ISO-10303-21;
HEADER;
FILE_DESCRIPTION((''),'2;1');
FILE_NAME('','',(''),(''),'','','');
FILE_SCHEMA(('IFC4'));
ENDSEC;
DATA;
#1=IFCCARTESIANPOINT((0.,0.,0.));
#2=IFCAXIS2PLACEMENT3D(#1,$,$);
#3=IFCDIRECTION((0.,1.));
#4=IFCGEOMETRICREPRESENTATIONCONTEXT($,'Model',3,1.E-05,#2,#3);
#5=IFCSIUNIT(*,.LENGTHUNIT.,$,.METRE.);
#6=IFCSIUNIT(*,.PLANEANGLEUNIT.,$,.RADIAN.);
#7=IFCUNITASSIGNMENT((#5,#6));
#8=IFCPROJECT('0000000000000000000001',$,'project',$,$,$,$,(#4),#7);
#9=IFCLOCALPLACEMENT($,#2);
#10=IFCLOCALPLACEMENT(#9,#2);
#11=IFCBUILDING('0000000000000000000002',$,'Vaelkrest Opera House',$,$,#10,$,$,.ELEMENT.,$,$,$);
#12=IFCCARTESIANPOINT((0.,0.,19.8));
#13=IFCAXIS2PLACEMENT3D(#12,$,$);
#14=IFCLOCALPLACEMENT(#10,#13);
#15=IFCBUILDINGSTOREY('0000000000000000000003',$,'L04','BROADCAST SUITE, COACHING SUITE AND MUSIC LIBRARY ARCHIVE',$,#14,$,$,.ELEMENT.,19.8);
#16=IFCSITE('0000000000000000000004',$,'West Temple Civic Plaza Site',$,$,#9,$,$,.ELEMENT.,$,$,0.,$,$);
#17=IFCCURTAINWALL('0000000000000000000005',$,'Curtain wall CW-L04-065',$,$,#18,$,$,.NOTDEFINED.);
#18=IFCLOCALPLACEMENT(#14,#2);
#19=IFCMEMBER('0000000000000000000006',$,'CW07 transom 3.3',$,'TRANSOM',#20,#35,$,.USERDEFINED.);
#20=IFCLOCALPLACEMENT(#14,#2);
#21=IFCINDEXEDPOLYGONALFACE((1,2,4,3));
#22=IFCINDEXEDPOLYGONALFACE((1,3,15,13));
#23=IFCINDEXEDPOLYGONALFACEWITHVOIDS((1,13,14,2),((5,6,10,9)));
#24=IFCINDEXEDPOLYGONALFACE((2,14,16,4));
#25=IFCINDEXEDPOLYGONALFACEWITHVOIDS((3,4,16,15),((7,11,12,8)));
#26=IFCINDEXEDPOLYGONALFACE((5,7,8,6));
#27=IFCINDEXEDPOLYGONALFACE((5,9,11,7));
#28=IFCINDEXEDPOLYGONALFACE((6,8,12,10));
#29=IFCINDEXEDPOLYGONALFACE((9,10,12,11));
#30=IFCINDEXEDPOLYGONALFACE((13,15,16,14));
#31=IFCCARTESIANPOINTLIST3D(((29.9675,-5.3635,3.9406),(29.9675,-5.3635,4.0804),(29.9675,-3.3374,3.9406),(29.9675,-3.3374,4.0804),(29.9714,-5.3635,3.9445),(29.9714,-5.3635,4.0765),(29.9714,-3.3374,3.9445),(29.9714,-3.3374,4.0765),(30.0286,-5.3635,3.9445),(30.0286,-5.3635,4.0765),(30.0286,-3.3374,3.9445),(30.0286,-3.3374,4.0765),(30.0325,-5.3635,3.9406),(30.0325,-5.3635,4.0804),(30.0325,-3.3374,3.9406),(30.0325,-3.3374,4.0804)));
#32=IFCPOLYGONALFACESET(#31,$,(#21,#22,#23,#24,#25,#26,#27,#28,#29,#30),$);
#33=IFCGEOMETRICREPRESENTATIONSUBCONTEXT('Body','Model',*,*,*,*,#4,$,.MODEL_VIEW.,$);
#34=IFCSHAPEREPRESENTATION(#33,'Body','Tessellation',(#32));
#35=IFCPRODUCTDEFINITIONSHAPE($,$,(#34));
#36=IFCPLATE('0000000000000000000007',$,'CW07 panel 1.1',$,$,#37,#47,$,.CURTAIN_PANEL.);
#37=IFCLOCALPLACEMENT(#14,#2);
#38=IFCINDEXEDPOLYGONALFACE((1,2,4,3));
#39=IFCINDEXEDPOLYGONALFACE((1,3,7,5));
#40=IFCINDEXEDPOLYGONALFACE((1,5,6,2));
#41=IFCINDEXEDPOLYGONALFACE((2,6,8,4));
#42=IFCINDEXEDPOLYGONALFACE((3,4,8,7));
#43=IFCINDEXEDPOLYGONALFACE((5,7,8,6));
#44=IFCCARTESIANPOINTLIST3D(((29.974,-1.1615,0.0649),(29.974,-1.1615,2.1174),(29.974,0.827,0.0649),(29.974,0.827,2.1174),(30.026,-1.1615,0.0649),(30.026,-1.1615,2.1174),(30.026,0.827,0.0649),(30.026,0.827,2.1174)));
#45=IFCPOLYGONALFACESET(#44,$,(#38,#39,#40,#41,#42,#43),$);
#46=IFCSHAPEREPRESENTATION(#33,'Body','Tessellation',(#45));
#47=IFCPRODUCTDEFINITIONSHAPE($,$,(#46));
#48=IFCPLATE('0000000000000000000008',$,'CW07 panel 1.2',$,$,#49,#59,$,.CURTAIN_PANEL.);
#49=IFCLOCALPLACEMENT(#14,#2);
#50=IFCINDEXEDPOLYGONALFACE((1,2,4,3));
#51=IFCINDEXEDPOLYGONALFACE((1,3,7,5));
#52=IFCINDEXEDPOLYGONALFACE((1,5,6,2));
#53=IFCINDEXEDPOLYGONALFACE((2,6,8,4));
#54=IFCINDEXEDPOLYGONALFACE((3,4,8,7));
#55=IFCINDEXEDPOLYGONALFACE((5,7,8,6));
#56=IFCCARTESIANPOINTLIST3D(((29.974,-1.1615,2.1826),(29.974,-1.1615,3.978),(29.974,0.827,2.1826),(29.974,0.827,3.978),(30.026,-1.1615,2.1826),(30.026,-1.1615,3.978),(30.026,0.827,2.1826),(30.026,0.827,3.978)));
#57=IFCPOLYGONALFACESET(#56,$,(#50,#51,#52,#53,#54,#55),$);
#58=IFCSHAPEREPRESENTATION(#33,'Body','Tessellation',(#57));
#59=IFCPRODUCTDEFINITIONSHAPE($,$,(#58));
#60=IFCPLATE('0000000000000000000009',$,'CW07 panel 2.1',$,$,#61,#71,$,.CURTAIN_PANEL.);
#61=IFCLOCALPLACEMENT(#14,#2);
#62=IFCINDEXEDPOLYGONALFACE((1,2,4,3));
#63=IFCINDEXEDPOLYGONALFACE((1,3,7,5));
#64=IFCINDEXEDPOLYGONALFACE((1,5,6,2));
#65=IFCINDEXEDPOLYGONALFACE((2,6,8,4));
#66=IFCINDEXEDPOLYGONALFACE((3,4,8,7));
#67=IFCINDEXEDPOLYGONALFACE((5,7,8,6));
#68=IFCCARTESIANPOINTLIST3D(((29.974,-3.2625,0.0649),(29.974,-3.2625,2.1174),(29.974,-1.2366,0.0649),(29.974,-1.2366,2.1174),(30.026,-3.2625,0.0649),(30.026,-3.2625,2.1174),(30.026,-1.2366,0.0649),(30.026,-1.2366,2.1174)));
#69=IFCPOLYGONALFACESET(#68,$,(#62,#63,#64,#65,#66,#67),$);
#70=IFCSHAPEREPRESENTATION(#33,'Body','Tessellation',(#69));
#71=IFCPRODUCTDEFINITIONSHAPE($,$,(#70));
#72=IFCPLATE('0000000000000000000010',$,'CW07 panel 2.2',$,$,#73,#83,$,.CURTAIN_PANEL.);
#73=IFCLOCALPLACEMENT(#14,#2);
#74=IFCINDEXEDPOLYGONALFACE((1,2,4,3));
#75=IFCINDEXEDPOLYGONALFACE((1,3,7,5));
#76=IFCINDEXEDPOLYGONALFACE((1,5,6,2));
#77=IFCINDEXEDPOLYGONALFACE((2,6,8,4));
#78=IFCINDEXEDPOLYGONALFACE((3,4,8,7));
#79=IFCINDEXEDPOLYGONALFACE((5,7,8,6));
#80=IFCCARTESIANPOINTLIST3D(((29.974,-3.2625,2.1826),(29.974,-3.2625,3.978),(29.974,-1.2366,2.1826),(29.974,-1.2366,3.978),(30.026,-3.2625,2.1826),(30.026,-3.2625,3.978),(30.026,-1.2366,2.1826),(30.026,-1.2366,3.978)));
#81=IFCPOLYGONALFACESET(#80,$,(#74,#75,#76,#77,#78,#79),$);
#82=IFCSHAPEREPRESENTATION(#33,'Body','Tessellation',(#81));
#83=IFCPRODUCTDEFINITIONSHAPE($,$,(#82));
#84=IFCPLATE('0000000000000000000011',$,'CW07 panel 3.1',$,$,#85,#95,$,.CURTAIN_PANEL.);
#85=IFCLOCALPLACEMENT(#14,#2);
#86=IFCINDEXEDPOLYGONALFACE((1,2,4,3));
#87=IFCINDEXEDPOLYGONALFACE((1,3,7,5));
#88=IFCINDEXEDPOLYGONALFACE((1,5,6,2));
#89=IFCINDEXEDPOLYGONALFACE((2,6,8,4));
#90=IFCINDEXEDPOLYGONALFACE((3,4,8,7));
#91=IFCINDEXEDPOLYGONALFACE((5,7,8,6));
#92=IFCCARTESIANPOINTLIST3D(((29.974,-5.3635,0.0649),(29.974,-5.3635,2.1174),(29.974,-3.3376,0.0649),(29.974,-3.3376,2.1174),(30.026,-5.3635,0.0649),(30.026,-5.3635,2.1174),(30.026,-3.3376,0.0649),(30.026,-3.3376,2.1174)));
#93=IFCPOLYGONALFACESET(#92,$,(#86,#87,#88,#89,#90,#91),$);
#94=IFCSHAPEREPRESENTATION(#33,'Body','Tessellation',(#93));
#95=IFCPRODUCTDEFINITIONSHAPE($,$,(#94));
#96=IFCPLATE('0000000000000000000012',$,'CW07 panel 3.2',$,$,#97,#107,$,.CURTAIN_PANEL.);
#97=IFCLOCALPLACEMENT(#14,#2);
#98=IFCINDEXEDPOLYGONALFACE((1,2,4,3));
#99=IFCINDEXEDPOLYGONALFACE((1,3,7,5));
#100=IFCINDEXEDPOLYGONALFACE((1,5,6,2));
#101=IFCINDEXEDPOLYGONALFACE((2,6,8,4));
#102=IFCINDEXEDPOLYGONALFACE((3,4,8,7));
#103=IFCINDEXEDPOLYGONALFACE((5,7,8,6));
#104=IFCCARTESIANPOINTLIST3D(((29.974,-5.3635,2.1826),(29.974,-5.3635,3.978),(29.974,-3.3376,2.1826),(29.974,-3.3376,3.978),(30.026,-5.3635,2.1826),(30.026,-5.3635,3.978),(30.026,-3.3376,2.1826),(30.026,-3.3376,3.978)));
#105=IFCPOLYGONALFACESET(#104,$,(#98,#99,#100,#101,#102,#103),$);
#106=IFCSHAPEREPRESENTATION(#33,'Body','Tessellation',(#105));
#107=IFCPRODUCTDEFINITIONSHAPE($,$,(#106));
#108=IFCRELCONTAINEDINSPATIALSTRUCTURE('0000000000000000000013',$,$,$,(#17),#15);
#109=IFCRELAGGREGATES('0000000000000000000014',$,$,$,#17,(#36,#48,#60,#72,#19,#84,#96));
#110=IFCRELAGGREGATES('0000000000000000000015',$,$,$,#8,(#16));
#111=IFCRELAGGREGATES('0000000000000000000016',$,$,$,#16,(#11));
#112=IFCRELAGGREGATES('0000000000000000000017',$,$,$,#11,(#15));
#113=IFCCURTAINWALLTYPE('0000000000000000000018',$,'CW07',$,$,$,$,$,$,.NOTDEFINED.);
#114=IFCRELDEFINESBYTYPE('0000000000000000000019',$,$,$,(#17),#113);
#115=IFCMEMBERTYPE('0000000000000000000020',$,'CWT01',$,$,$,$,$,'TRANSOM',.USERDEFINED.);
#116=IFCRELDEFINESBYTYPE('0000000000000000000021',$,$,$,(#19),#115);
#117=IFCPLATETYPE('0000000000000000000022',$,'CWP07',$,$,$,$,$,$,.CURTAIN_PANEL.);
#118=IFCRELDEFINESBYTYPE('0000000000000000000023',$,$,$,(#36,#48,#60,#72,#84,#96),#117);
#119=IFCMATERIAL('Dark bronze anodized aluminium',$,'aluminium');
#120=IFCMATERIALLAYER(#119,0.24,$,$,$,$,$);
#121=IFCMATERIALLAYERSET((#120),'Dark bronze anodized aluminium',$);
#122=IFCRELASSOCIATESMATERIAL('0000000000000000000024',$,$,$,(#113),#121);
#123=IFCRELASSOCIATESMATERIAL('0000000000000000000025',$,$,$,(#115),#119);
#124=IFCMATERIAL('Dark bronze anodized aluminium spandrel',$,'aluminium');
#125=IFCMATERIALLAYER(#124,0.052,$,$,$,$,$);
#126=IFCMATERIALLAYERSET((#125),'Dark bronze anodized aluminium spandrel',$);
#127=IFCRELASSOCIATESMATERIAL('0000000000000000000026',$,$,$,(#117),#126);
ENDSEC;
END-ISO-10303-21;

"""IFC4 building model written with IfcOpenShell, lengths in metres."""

from ifc_helpers import new_model, si_unit, direction, frame, origin, origin_2d, place, context, subcontext, project, spatial, rectangle, hollow_rectangle, extrude, material, layer, layer_set, material_profile, profile_set, type_object, element, aggregate, save


model = new_model("IFC4")

# Units and contexts
model_context = context("Model", 3, precision=1e-05, world=origin(), true_north=direction((0.0, 1.0)))
body_context = subcontext(model_context, "Body", "Model", "MODEL_VIEW")
ifc_project = project(units=[si_unit("LENGTHUNIT", "METRE"), si_unit("PLANEANGLEUNIT", "RADIAN")], contexts=[model_context])

# Site, building, storey
site_placement = place(None, origin())
site = spatial("IfcSite", under=ifc_project, at=site_placement, Name="West Temple Civic Plaza Site", CompositionType="ELEMENT", RefElevation=0.0)
building_placement = place(site_placement, origin())
building = spatial("IfcBuilding", under=site, at=building_placement, Name="Vaelkrest Opera House", CompositionType="ELEMENT")
storey_placement = place(building_placement, frame((0.0, 0.0, 19.8)))
storey = spatial("IfcBuildingStorey", under=building, at=storey_placement, Name="L04", Description="BROADCAST SUITE, COACHING SUITE AND MUSIC LIBRARY ARCHIVE", CompositionType="ELEMENT", Elevation=19.8)

# Curtain wall, member, plates
ifc_material_1 = material(Name="Dark bronze anodized aluminium", Category="aluminium")
ifc_layer_1 = layer(ifc_material_1, 0.24)
ifc_layer_set_1 = layer_set([ifc_layer_1], Name="Dark bronze anodized aluminium")
curtain_wall_type = type_object("IfcCurtainWallType", Name="CW07", PredefinedType="NOTDEFINED", material=ifc_layer_set_1)
curtain_wall_placement = place(storey_placement, origin())
curtain_wall = element("IfcCurtainWall", 1, at=curtain_wall_placement, inside=storey, type_object=curtain_wall_type, Name="Curtain wall CW-L04-065", PredefinedType="NOTDEFINED")
ifc_material_profile_1 = material_profile(ifc_material_1, hollow_rectangle(XDim=0.0649, YDim=0.1399, WallThickness=0.0039, at=origin_2d()), Name="CWT65X140")
ifc_profile_set_1 = profile_set([ifc_material_profile_1], Name="Dark bronze anodized aluminium")
member_type_1 = type_object("IfcMemberType", Name="CWT01", ElementType="TRANSOM", PredefinedType="USERDEFINED", material=ifc_profile_set_1)
member_1_placement = place(storey_placement, frame((30.0, -3.3374, 4.0105), z_axis=(0.0, -1.0, 0.0), x_axis=(1.0, 0.0, 0.0)))
member_1 = element("IfcMember", 2, at=member_1_placement, type_object=member_type_1, Name="CW07 transom 3.3", ObjectType="TRANSOM", PredefinedType="USERDEFINED", context=body_context, shape_type="SweptSolid", body=[
    extrude(hollow_rectangle(XDim=0.0649, YDim=0.1399, WallThickness=0.0039, at=origin_2d()), origin(), (0.0, 0.0, 1.0), 2.0261),
])
ifc_material_2 = material(Name="Dark bronze anodized aluminium spandrel", Category="aluminium")
ifc_layer_2 = layer(ifc_material_2, 0.052)
ifc_layer_set_2 = layer_set([ifc_layer_2], Name="Dark bronze anodized aluminium spandrel")
plate_type = type_object("IfcPlateType", Name="CWP07", PredefinedType="CURTAIN_PANEL", material=ifc_layer_set_2)
plate_1_placement = place(storey_placement, frame((30.0, -0.1672, 0.0649), z_axis=(0.0, 0.0, 1.0), x_axis=(0.0, -1.0, 0.0)))
plate_1 = element("IfcPlate", 3, at=plate_1_placement, type_object=plate_type, Name="CW07 panel 1.1", PredefinedType="CURTAIN_PANEL", context=body_context, shape_type="SweptSolid", body=[
    extrude(rectangle(XDim=1.9885, YDim=0.052, at=origin_2d()), origin(), (0.0, 0.0, 1.0), 2.0525),
])
plate_2_placement = place(storey_placement, frame((30.0, -0.1672, 2.1826), z_axis=(0.0, 0.0, 1.0), x_axis=(0.0, -1.0, 0.0)))
plate_2 = element("IfcPlate", 4, at=plate_2_placement, type_object=plate_type, Name="CW07 panel 1.2", PredefinedType="CURTAIN_PANEL", context=body_context, shape_type="SweptSolid", body=[
    extrude(rectangle(XDim=1.9885, YDim=0.052, at=origin_2d()), origin(), (0.0, 0.0, 1.0), 1.7954),
])
plate_3_placement = place(storey_placement, frame((30.0, -2.2495, 0.0649), z_axis=(0.0, 0.0, 1.0), x_axis=(0.0, -1.0, 0.0)))
plate_3 = element("IfcPlate", 5, at=plate_3_placement, type_object=plate_type, Name="CW07 panel 2.1", PredefinedType="CURTAIN_PANEL", context=body_context, shape_type="SweptSolid", body=[
    extrude(rectangle(XDim=2.0259, YDim=0.052, at=origin_2d()), origin(), (0.0, 0.0, 1.0), 2.0525),
])
plate_4_placement = place(storey_placement, frame((30.0, -2.2495, 2.1826), z_axis=(0.0, 0.0, 1.0), x_axis=(0.0, -1.0, 0.0)))
plate_4 = element("IfcPlate", 6, at=plate_4_placement, type_object=plate_type, Name="CW07 panel 2.2", PredefinedType="CURTAIN_PANEL", context=body_context, shape_type="SweptSolid", body=[
    extrude(rectangle(XDim=2.0259, YDim=0.052, at=origin_2d()), origin(), (0.0, 0.0, 1.0), 1.7954),
])
plate_5_placement = place(storey_placement, frame((30.0, -4.3506, 0.0649), z_axis=(0.0, 0.0, 1.0), x_axis=(0.0, -1.0, 0.0)))
plate_5 = element("IfcPlate", 7, at=plate_5_placement, type_object=plate_type, Name="CW07 panel 3.1", PredefinedType="CURTAIN_PANEL", context=body_context, shape_type="SweptSolid", body=[
    extrude(rectangle(XDim=2.0259, YDim=0.052, at=origin_2d()), origin(), (0.0, 0.0, 1.0), 2.0525),
])
plate_6_placement = place(storey_placement, frame((30.0, -4.3506, 2.1826), z_axis=(0.0, 0.0, 1.0), x_axis=(0.0, -1.0, 0.0)))
plate_6 = element("IfcPlate", 8, at=plate_6_placement, type_object=plate_type, Name="CW07 panel 3.2", PredefinedType="CURTAIN_PANEL", context=body_context, shape_type="SweptSolid", body=[
    extrude(rectangle(XDim=2.0259, YDim=0.052, at=origin_2d()), origin(), (0.0, 0.0, 1.0), 1.7954),
])
aggregate(curtain_wall, [plate_1, plate_2, plate_3, plate_4, member_1, plate_5, plate_6])

save(model, "model.ifc")
